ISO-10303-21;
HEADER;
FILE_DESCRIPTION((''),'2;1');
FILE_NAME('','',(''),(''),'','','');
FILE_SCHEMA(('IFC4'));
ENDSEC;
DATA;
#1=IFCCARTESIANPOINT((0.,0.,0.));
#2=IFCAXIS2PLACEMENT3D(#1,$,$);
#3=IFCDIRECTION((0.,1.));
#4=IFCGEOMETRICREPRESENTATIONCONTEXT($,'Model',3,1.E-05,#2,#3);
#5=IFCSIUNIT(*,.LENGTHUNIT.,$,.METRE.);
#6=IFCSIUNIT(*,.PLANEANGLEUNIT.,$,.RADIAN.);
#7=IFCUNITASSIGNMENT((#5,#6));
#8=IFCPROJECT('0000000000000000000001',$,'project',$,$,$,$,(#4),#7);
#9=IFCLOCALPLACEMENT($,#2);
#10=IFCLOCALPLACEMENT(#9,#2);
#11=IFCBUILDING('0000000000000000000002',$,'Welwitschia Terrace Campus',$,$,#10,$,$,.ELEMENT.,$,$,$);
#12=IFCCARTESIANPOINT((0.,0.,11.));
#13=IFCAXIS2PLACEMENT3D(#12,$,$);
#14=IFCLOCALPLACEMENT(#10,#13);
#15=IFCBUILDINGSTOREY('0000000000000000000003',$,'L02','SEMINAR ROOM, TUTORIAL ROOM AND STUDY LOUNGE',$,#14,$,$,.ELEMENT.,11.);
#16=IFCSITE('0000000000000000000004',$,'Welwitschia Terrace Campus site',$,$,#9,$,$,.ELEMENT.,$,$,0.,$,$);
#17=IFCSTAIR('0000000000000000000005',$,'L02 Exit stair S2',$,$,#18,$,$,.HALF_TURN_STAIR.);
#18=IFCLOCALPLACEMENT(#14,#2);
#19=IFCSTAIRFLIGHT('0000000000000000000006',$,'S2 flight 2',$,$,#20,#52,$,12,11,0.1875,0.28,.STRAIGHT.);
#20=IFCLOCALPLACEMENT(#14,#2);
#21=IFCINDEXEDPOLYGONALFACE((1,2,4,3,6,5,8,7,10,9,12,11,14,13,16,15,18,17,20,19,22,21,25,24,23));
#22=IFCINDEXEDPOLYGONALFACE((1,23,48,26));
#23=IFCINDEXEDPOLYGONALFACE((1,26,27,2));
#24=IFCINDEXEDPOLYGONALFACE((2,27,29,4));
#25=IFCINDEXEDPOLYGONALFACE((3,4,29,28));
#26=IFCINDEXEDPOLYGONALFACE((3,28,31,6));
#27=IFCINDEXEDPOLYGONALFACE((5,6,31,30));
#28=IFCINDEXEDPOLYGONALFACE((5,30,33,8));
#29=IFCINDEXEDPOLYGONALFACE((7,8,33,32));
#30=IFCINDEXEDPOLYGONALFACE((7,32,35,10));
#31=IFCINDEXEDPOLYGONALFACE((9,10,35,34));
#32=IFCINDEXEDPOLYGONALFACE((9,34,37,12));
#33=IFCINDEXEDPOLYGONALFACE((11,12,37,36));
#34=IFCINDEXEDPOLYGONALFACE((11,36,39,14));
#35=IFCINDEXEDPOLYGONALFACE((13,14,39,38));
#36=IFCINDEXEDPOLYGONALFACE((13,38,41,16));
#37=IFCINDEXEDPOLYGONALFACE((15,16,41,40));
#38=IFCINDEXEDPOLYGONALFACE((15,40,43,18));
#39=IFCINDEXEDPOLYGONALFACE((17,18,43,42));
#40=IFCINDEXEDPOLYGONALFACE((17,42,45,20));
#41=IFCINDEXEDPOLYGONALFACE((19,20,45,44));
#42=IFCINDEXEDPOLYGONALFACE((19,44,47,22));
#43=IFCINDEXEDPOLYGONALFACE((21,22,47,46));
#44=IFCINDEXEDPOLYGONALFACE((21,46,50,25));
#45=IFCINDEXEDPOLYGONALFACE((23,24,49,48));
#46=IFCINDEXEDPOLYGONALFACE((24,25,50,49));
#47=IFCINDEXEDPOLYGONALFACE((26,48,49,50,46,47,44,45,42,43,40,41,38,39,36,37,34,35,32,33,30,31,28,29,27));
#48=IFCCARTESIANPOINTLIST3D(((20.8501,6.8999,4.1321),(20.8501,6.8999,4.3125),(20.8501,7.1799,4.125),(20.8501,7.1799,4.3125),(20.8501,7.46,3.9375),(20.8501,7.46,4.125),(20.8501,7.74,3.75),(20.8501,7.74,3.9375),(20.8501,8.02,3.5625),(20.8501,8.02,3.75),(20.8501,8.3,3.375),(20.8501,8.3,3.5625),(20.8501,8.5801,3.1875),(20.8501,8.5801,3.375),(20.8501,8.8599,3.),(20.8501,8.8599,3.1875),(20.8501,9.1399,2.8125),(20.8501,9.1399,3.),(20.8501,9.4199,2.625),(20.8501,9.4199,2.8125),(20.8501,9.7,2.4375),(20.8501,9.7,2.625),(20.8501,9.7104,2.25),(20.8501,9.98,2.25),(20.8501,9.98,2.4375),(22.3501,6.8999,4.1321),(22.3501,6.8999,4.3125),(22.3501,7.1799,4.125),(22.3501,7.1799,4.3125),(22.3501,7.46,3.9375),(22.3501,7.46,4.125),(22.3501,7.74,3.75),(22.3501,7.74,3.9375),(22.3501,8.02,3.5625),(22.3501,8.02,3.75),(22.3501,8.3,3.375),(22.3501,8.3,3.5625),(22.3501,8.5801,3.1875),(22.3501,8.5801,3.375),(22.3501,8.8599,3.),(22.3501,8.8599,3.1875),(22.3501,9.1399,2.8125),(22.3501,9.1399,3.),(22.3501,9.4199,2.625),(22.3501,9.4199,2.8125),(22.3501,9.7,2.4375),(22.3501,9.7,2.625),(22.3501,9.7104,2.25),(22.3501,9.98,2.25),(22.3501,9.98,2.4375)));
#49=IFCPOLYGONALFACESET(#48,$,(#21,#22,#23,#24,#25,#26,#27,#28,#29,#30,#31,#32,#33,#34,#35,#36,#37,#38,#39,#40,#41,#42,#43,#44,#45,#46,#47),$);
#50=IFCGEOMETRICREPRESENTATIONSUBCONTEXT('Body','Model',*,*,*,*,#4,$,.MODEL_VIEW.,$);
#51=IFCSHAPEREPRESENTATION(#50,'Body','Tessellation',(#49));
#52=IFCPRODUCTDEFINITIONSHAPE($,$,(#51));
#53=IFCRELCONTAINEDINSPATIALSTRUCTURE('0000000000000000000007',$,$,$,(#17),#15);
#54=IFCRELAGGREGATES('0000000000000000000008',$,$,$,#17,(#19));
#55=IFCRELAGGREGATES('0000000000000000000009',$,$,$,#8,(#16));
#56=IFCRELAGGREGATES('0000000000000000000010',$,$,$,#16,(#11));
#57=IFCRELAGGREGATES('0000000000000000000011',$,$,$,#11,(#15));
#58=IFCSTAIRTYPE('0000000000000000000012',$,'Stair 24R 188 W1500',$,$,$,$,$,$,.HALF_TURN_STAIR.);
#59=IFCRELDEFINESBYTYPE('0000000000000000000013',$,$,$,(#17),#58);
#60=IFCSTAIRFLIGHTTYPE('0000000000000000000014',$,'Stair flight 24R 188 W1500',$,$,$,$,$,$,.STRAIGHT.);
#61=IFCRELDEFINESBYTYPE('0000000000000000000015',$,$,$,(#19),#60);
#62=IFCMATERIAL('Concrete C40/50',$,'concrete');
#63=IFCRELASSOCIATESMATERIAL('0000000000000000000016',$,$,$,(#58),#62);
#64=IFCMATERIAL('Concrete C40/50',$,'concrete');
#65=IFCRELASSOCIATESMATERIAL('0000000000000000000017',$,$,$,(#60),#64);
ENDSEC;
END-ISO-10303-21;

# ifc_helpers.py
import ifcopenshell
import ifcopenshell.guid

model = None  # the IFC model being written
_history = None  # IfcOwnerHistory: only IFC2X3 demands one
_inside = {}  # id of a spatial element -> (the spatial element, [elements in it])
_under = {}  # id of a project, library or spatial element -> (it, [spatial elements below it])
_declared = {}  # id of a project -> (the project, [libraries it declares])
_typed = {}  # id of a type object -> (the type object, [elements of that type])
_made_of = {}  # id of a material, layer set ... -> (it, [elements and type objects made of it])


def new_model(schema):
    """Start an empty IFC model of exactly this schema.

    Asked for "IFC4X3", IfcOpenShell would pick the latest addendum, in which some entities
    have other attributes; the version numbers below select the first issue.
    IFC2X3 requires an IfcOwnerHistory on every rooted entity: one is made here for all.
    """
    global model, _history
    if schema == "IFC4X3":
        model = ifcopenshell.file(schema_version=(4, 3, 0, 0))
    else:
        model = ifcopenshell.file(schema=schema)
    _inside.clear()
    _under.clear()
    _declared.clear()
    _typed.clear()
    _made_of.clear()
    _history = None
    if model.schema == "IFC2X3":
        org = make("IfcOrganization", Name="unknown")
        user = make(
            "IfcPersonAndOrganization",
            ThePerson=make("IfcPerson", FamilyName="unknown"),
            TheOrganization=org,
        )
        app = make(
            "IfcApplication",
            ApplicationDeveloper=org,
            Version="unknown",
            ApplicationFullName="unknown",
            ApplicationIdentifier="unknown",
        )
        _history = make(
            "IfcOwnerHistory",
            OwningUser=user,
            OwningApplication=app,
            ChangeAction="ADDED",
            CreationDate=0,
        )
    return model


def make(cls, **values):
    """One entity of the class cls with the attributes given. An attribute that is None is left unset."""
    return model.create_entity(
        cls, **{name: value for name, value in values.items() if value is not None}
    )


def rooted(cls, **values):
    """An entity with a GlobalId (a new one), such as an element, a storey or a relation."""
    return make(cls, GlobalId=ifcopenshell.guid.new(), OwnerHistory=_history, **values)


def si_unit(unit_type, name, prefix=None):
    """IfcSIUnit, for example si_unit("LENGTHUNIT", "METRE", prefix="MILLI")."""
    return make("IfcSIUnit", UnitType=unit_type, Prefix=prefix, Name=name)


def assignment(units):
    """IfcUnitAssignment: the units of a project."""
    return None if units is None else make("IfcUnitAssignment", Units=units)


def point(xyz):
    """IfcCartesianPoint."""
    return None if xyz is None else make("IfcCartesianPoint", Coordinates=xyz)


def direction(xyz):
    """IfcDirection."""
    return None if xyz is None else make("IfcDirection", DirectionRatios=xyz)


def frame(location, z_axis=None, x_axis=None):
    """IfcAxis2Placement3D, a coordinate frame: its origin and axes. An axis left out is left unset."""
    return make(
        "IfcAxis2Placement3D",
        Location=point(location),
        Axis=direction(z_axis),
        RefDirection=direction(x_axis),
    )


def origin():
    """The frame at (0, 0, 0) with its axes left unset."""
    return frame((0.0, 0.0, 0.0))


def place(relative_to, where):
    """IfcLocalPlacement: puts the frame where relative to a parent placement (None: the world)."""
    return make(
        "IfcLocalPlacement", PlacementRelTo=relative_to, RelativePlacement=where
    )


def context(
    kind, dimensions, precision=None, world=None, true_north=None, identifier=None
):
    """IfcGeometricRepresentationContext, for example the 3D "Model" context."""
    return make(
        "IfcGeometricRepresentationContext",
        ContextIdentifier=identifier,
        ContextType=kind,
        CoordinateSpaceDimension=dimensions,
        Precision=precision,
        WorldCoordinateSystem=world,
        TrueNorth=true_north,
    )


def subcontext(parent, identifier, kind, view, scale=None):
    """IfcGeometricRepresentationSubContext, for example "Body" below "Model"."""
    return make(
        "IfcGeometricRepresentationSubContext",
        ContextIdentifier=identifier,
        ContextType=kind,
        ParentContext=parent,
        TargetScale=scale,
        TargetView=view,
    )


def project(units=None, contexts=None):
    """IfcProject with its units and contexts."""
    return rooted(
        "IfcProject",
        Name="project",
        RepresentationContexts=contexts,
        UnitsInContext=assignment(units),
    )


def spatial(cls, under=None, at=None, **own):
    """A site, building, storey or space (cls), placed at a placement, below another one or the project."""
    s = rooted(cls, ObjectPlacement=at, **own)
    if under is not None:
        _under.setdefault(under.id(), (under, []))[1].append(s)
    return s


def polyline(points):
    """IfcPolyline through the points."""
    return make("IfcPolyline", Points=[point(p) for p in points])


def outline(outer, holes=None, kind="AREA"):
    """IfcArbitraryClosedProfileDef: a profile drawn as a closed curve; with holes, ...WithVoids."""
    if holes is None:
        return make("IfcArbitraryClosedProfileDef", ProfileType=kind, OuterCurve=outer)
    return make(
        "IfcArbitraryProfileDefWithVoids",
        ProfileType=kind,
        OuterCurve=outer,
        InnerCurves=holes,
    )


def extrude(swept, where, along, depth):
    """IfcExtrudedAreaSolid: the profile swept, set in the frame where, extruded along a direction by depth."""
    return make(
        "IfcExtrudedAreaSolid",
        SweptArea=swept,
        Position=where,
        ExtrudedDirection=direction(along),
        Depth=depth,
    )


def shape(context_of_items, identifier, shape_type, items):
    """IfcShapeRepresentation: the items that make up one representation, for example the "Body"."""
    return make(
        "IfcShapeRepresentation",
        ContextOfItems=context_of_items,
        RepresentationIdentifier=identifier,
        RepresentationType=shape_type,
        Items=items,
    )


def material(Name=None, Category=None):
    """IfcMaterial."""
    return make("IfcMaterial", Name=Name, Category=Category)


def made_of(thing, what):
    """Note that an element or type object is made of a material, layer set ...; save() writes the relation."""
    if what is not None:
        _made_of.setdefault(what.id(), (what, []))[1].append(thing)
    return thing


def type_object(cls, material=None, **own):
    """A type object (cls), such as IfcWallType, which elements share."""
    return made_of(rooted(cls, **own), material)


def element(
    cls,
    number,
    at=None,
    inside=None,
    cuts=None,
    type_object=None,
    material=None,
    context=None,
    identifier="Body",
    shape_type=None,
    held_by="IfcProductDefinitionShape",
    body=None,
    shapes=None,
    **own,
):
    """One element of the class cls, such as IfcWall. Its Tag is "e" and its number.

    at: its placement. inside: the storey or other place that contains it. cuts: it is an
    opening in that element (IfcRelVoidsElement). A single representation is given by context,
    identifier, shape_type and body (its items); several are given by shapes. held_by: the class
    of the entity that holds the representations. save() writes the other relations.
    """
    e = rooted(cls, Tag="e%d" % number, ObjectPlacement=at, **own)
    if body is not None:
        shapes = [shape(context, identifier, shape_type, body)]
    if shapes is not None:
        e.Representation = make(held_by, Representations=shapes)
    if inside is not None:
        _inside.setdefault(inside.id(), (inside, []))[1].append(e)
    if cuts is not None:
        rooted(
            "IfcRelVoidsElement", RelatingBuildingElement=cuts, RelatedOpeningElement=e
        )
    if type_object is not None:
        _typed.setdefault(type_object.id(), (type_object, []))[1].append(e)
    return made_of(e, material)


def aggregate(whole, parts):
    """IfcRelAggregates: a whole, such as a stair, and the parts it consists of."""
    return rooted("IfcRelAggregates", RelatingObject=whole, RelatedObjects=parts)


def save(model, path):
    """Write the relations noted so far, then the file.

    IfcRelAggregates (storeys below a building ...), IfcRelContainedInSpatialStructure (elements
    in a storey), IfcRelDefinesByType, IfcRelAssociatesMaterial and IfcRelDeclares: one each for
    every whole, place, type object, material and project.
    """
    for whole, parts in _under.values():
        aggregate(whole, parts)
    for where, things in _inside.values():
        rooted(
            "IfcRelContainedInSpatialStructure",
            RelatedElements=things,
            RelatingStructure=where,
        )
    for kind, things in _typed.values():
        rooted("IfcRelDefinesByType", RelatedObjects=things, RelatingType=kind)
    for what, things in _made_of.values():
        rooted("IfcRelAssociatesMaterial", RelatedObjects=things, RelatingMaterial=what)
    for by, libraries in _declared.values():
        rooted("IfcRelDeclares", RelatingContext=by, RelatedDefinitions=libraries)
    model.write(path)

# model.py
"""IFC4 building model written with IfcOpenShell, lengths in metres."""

from ifc_helpers import new_model, si_unit, direction, frame, origin, place, context, subcontext, project, spatial, polyline, outline, extrude, material, type_object, element, aggregate, save


model = new_model("IFC4")

# Units and contexts
model_context = context("Model", 3, precision=1e-05, world=origin(), true_north=direction((0.0, 1.0)))
body_context = subcontext(model_context, "Body", "Model", "MODEL_VIEW")
ifc_project = project(units=[si_unit("LENGTHUNIT", "METRE"), si_unit("PLANEANGLEUNIT", "RADIAN")], contexts=[model_context])

# Site, building, storey
site_placement = place(None, origin())
site = spatial("IfcSite", under=ifc_project, at=site_placement, Name="Welwitschia Terrace Campus site", CompositionType="ELEMENT", RefElevation=0.0)
building_placement = place(site_placement, origin())
building = spatial("IfcBuilding", under=site, at=building_placement, Name="Welwitschia Terrace Campus", CompositionType="ELEMENT")
storey_placement = place(building_placement, frame((0.0, 0.0, 11.0)))
storey = spatial("IfcBuildingStorey", under=building, at=storey_placement, Name="L02", Description="SEMINAR ROOM, TUTORIAL ROOM AND STUDY LOUNGE", CompositionType="ELEMENT", Elevation=11.0)

# Stair, stair flight
ifc_material_1 = material(Name="Concrete C40/50", Category="concrete")
stair_type = type_object("IfcStairType", Name="Stair 24R 188 W1500", PredefinedType="HALF_TURN_STAIR", material=ifc_material_1)
stair_placement = place(storey_placement, origin())
stair = element("IfcStair", 1, at=stair_placement, inside=storey, type_object=stair_type, Name="L02 Exit stair S2", PredefinedType="HALF_TURN_STAIR")
ifc_material_2 = material(Name="Concrete C40/50", Category="concrete")
stair_flight_type = type_object("IfcStairFlightType", Name="Stair flight 24R 188 W1500", PredefinedType="STRAIGHT", material=ifc_material_2)
stair_flight_1_placement = place(storey_placement, frame((21.6001, 9.98, 2.25), z_axis=(0.0, 0.0, 1.0), x_axis=(0.0, -1.0, 0.0)))
stair_flight_1 = element("IfcStairFlight", 2, at=stair_flight_1_placement, type_object=stair_flight_type, Name="S2 flight 2", NumberOfRisers=12, NumberOfTreads=11, PredefinedType="STRAIGHT", RiserHeight=0.1875, TreadLength=0.28, context=body_context, shape_type="SweptSolid", body=[
    extrude(outline(polyline([(0.0, 0.0), (0.0, 0.1875), (0.28, 0.1875), (0.28, 0.375), (0.5601, 0.375), (0.5601, 0.5625), (0.8401, 0.5625), (0.8401, 0.75), (1.1201, 0.75), (1.1201, 0.9375), (1.3999, 0.9375), (1.3999, 1.125), (1.6799, 1.125), (1.6799, 1.3125), (1.96, 1.3125), (1.96, 1.5), (2.24, 1.5), (2.24, 1.6875), (2.52, 1.6875), (2.52, 1.875), (2.8, 1.875), (2.8, 2.0625), (3.0801, 2.0625), (3.0801, 2.25), (3.0801, 1.8821), (0.2695, 0.0), (0.0, 0.0)])), frame((0.0, 0.75, 0.0), z_axis=(0.0, -1.0, 0.0), x_axis=(1.0, 0.0, 0.0)), (0.0, 0.0, 1.0), 1.5),
])
aggregate(stair, [stair_flight_1])

save(model, "model.ifc")
